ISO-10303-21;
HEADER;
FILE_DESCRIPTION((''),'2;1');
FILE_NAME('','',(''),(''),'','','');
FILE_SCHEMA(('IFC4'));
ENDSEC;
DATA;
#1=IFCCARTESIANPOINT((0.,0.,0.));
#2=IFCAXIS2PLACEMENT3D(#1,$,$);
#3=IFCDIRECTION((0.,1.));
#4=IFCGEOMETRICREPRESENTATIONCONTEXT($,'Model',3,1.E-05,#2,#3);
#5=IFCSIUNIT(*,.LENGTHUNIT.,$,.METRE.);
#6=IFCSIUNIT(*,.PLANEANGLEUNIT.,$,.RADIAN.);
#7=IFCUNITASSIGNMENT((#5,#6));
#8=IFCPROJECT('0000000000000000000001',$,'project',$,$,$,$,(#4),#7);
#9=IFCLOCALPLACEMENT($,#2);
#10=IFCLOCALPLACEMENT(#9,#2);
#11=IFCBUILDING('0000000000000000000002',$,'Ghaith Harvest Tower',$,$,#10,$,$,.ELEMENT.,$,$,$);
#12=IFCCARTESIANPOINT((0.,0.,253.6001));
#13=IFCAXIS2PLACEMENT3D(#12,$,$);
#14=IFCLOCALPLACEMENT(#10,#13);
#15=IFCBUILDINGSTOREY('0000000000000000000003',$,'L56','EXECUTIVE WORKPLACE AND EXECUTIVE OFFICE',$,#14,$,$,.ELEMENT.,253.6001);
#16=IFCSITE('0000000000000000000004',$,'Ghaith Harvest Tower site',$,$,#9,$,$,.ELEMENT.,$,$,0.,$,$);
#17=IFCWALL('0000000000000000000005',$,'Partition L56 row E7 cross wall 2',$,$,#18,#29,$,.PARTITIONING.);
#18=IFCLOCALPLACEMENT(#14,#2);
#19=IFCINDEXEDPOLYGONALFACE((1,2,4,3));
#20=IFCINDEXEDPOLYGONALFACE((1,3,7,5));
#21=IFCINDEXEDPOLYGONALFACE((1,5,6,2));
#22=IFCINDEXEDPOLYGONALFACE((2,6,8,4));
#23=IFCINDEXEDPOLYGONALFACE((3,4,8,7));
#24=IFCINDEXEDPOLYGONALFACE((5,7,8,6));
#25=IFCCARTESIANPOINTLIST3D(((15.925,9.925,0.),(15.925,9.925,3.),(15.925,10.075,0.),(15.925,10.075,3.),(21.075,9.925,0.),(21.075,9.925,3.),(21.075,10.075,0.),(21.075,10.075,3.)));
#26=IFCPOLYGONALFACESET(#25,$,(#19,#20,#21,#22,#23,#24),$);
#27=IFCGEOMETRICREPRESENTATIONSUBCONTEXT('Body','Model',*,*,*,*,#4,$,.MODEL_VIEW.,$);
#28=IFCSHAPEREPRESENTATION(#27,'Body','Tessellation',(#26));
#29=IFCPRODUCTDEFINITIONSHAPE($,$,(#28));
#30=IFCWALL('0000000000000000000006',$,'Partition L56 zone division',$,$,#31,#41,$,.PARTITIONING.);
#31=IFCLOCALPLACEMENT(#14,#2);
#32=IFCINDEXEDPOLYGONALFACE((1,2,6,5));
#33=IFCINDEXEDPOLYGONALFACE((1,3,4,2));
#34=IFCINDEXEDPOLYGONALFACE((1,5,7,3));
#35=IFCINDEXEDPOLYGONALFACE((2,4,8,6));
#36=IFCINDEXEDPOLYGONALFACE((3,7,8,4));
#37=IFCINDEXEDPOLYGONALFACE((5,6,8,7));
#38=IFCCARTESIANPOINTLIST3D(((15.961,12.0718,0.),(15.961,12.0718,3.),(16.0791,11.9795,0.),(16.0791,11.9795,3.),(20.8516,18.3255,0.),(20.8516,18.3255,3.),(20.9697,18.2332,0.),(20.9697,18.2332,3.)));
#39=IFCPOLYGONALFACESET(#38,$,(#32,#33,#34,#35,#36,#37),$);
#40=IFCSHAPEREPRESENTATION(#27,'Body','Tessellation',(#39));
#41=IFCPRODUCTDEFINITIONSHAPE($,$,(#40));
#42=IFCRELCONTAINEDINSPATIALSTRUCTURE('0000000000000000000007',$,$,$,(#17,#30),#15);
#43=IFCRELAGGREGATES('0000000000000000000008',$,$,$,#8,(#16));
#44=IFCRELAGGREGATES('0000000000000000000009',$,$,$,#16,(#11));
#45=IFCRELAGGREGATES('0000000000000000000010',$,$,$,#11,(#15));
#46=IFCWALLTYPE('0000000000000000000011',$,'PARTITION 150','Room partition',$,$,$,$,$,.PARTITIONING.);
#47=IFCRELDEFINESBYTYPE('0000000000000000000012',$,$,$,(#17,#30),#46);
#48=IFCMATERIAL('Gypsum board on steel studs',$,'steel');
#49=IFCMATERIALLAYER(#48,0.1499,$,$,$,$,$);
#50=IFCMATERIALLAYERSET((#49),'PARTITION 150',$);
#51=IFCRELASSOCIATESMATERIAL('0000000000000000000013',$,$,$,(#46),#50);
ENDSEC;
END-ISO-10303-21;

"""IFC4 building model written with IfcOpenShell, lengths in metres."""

from ifc_helpers import new_model, si_unit, direction, frame, frame_2d, origin, place, context, subcontext, project, spatial, rectangle, extrude, material, layer, layer_set, type_object, element, save


model = new_model("IFC4")

# Units and contexts
model_context = context("Model", 3, precision=1e-05, world=origin(), true_north=direction((0.0, 1.0)))
body_context = subcontext(model_context, "Body", "Model", "MODEL_VIEW")
ifc_project = project(units=[si_unit("LENGTHUNIT", "METRE"), si_unit("PLANEANGLEUNIT", "RADIAN")], contexts=[model_context])

# Site, building, storey
site_placement = place(None, origin())
site = spatial("IfcSite", under=ifc_project, at=site_placement, Name="Ghaith Harvest Tower site", CompositionType="ELEMENT", RefElevation=0.0)
building_placement = place(site_placement, origin())
building = spatial("IfcBuilding", under=site, at=building_placement, Name="Ghaith Harvest Tower", CompositionType="ELEMENT")
storey_placement = place(building_placement, frame((0.0, 0.0, 253.6001)))
storey = spatial("IfcBuildingStorey", under=building, at=storey_placement, Name="L56", Description="EXECUTIVE WORKPLACE AND EXECUTIVE OFFICE", CompositionType="ELEMENT", Elevation=253.6001)

# Walls
ifc_material_1 = material(Name="Gypsum board on steel studs", Category="steel")
ifc_layer_1 = layer(ifc_material_1, 0.1499)
ifc_layer_set_1 = layer_set([ifc_layer_1], Name="PARTITION 150")
wall_type_1 = type_object("IfcWallType", Name="PARTITION 150", Description="Room partition", PredefinedType="PARTITIONING", material=ifc_layer_set_1)
wall_1_placement = place(storey_placement, frame((15.925, 10.0, 0.0), z_axis=(0.0, 0.0, 1.0), x_axis=(1.0, 0.0, 0.0)))
element("IfcWall", 1, at=wall_1_placement, inside=storey, type_object=wall_type_1, Name="Partition L56 row E7 cross wall 2", PredefinedType="PARTITIONING", context=body_context, shape_type="SweptSolid", body=[
    extrude(rectangle(XDim=5.1499, YDim=0.1499, at=frame_2d((2.575, 0.0))), origin(), (0.0, 0.0, 1.0), 3.0),
])
wall_2_placement = place(storey_placement, frame((16.02, 12.0256, 0.0), z_axis=(0.0, 0.0, 1.0), x_axis=(0.616031, 0.787722, 0.0)))
element("IfcWall", 2, at=wall_2_placement, inside=storey, type_object=wall_type_1, Name="Partition L56 zone division", PredefinedType="PARTITIONING", context=body_context, shape_type="SweptSolid", body=[
    extrude(rectangle(XDim=7.939, YDim=0.1499, at=frame_2d((3.9695, 0.0))), origin(), (0.0, 0.0, 1.0), 3.0),
])

save(model, "model.ifc")
